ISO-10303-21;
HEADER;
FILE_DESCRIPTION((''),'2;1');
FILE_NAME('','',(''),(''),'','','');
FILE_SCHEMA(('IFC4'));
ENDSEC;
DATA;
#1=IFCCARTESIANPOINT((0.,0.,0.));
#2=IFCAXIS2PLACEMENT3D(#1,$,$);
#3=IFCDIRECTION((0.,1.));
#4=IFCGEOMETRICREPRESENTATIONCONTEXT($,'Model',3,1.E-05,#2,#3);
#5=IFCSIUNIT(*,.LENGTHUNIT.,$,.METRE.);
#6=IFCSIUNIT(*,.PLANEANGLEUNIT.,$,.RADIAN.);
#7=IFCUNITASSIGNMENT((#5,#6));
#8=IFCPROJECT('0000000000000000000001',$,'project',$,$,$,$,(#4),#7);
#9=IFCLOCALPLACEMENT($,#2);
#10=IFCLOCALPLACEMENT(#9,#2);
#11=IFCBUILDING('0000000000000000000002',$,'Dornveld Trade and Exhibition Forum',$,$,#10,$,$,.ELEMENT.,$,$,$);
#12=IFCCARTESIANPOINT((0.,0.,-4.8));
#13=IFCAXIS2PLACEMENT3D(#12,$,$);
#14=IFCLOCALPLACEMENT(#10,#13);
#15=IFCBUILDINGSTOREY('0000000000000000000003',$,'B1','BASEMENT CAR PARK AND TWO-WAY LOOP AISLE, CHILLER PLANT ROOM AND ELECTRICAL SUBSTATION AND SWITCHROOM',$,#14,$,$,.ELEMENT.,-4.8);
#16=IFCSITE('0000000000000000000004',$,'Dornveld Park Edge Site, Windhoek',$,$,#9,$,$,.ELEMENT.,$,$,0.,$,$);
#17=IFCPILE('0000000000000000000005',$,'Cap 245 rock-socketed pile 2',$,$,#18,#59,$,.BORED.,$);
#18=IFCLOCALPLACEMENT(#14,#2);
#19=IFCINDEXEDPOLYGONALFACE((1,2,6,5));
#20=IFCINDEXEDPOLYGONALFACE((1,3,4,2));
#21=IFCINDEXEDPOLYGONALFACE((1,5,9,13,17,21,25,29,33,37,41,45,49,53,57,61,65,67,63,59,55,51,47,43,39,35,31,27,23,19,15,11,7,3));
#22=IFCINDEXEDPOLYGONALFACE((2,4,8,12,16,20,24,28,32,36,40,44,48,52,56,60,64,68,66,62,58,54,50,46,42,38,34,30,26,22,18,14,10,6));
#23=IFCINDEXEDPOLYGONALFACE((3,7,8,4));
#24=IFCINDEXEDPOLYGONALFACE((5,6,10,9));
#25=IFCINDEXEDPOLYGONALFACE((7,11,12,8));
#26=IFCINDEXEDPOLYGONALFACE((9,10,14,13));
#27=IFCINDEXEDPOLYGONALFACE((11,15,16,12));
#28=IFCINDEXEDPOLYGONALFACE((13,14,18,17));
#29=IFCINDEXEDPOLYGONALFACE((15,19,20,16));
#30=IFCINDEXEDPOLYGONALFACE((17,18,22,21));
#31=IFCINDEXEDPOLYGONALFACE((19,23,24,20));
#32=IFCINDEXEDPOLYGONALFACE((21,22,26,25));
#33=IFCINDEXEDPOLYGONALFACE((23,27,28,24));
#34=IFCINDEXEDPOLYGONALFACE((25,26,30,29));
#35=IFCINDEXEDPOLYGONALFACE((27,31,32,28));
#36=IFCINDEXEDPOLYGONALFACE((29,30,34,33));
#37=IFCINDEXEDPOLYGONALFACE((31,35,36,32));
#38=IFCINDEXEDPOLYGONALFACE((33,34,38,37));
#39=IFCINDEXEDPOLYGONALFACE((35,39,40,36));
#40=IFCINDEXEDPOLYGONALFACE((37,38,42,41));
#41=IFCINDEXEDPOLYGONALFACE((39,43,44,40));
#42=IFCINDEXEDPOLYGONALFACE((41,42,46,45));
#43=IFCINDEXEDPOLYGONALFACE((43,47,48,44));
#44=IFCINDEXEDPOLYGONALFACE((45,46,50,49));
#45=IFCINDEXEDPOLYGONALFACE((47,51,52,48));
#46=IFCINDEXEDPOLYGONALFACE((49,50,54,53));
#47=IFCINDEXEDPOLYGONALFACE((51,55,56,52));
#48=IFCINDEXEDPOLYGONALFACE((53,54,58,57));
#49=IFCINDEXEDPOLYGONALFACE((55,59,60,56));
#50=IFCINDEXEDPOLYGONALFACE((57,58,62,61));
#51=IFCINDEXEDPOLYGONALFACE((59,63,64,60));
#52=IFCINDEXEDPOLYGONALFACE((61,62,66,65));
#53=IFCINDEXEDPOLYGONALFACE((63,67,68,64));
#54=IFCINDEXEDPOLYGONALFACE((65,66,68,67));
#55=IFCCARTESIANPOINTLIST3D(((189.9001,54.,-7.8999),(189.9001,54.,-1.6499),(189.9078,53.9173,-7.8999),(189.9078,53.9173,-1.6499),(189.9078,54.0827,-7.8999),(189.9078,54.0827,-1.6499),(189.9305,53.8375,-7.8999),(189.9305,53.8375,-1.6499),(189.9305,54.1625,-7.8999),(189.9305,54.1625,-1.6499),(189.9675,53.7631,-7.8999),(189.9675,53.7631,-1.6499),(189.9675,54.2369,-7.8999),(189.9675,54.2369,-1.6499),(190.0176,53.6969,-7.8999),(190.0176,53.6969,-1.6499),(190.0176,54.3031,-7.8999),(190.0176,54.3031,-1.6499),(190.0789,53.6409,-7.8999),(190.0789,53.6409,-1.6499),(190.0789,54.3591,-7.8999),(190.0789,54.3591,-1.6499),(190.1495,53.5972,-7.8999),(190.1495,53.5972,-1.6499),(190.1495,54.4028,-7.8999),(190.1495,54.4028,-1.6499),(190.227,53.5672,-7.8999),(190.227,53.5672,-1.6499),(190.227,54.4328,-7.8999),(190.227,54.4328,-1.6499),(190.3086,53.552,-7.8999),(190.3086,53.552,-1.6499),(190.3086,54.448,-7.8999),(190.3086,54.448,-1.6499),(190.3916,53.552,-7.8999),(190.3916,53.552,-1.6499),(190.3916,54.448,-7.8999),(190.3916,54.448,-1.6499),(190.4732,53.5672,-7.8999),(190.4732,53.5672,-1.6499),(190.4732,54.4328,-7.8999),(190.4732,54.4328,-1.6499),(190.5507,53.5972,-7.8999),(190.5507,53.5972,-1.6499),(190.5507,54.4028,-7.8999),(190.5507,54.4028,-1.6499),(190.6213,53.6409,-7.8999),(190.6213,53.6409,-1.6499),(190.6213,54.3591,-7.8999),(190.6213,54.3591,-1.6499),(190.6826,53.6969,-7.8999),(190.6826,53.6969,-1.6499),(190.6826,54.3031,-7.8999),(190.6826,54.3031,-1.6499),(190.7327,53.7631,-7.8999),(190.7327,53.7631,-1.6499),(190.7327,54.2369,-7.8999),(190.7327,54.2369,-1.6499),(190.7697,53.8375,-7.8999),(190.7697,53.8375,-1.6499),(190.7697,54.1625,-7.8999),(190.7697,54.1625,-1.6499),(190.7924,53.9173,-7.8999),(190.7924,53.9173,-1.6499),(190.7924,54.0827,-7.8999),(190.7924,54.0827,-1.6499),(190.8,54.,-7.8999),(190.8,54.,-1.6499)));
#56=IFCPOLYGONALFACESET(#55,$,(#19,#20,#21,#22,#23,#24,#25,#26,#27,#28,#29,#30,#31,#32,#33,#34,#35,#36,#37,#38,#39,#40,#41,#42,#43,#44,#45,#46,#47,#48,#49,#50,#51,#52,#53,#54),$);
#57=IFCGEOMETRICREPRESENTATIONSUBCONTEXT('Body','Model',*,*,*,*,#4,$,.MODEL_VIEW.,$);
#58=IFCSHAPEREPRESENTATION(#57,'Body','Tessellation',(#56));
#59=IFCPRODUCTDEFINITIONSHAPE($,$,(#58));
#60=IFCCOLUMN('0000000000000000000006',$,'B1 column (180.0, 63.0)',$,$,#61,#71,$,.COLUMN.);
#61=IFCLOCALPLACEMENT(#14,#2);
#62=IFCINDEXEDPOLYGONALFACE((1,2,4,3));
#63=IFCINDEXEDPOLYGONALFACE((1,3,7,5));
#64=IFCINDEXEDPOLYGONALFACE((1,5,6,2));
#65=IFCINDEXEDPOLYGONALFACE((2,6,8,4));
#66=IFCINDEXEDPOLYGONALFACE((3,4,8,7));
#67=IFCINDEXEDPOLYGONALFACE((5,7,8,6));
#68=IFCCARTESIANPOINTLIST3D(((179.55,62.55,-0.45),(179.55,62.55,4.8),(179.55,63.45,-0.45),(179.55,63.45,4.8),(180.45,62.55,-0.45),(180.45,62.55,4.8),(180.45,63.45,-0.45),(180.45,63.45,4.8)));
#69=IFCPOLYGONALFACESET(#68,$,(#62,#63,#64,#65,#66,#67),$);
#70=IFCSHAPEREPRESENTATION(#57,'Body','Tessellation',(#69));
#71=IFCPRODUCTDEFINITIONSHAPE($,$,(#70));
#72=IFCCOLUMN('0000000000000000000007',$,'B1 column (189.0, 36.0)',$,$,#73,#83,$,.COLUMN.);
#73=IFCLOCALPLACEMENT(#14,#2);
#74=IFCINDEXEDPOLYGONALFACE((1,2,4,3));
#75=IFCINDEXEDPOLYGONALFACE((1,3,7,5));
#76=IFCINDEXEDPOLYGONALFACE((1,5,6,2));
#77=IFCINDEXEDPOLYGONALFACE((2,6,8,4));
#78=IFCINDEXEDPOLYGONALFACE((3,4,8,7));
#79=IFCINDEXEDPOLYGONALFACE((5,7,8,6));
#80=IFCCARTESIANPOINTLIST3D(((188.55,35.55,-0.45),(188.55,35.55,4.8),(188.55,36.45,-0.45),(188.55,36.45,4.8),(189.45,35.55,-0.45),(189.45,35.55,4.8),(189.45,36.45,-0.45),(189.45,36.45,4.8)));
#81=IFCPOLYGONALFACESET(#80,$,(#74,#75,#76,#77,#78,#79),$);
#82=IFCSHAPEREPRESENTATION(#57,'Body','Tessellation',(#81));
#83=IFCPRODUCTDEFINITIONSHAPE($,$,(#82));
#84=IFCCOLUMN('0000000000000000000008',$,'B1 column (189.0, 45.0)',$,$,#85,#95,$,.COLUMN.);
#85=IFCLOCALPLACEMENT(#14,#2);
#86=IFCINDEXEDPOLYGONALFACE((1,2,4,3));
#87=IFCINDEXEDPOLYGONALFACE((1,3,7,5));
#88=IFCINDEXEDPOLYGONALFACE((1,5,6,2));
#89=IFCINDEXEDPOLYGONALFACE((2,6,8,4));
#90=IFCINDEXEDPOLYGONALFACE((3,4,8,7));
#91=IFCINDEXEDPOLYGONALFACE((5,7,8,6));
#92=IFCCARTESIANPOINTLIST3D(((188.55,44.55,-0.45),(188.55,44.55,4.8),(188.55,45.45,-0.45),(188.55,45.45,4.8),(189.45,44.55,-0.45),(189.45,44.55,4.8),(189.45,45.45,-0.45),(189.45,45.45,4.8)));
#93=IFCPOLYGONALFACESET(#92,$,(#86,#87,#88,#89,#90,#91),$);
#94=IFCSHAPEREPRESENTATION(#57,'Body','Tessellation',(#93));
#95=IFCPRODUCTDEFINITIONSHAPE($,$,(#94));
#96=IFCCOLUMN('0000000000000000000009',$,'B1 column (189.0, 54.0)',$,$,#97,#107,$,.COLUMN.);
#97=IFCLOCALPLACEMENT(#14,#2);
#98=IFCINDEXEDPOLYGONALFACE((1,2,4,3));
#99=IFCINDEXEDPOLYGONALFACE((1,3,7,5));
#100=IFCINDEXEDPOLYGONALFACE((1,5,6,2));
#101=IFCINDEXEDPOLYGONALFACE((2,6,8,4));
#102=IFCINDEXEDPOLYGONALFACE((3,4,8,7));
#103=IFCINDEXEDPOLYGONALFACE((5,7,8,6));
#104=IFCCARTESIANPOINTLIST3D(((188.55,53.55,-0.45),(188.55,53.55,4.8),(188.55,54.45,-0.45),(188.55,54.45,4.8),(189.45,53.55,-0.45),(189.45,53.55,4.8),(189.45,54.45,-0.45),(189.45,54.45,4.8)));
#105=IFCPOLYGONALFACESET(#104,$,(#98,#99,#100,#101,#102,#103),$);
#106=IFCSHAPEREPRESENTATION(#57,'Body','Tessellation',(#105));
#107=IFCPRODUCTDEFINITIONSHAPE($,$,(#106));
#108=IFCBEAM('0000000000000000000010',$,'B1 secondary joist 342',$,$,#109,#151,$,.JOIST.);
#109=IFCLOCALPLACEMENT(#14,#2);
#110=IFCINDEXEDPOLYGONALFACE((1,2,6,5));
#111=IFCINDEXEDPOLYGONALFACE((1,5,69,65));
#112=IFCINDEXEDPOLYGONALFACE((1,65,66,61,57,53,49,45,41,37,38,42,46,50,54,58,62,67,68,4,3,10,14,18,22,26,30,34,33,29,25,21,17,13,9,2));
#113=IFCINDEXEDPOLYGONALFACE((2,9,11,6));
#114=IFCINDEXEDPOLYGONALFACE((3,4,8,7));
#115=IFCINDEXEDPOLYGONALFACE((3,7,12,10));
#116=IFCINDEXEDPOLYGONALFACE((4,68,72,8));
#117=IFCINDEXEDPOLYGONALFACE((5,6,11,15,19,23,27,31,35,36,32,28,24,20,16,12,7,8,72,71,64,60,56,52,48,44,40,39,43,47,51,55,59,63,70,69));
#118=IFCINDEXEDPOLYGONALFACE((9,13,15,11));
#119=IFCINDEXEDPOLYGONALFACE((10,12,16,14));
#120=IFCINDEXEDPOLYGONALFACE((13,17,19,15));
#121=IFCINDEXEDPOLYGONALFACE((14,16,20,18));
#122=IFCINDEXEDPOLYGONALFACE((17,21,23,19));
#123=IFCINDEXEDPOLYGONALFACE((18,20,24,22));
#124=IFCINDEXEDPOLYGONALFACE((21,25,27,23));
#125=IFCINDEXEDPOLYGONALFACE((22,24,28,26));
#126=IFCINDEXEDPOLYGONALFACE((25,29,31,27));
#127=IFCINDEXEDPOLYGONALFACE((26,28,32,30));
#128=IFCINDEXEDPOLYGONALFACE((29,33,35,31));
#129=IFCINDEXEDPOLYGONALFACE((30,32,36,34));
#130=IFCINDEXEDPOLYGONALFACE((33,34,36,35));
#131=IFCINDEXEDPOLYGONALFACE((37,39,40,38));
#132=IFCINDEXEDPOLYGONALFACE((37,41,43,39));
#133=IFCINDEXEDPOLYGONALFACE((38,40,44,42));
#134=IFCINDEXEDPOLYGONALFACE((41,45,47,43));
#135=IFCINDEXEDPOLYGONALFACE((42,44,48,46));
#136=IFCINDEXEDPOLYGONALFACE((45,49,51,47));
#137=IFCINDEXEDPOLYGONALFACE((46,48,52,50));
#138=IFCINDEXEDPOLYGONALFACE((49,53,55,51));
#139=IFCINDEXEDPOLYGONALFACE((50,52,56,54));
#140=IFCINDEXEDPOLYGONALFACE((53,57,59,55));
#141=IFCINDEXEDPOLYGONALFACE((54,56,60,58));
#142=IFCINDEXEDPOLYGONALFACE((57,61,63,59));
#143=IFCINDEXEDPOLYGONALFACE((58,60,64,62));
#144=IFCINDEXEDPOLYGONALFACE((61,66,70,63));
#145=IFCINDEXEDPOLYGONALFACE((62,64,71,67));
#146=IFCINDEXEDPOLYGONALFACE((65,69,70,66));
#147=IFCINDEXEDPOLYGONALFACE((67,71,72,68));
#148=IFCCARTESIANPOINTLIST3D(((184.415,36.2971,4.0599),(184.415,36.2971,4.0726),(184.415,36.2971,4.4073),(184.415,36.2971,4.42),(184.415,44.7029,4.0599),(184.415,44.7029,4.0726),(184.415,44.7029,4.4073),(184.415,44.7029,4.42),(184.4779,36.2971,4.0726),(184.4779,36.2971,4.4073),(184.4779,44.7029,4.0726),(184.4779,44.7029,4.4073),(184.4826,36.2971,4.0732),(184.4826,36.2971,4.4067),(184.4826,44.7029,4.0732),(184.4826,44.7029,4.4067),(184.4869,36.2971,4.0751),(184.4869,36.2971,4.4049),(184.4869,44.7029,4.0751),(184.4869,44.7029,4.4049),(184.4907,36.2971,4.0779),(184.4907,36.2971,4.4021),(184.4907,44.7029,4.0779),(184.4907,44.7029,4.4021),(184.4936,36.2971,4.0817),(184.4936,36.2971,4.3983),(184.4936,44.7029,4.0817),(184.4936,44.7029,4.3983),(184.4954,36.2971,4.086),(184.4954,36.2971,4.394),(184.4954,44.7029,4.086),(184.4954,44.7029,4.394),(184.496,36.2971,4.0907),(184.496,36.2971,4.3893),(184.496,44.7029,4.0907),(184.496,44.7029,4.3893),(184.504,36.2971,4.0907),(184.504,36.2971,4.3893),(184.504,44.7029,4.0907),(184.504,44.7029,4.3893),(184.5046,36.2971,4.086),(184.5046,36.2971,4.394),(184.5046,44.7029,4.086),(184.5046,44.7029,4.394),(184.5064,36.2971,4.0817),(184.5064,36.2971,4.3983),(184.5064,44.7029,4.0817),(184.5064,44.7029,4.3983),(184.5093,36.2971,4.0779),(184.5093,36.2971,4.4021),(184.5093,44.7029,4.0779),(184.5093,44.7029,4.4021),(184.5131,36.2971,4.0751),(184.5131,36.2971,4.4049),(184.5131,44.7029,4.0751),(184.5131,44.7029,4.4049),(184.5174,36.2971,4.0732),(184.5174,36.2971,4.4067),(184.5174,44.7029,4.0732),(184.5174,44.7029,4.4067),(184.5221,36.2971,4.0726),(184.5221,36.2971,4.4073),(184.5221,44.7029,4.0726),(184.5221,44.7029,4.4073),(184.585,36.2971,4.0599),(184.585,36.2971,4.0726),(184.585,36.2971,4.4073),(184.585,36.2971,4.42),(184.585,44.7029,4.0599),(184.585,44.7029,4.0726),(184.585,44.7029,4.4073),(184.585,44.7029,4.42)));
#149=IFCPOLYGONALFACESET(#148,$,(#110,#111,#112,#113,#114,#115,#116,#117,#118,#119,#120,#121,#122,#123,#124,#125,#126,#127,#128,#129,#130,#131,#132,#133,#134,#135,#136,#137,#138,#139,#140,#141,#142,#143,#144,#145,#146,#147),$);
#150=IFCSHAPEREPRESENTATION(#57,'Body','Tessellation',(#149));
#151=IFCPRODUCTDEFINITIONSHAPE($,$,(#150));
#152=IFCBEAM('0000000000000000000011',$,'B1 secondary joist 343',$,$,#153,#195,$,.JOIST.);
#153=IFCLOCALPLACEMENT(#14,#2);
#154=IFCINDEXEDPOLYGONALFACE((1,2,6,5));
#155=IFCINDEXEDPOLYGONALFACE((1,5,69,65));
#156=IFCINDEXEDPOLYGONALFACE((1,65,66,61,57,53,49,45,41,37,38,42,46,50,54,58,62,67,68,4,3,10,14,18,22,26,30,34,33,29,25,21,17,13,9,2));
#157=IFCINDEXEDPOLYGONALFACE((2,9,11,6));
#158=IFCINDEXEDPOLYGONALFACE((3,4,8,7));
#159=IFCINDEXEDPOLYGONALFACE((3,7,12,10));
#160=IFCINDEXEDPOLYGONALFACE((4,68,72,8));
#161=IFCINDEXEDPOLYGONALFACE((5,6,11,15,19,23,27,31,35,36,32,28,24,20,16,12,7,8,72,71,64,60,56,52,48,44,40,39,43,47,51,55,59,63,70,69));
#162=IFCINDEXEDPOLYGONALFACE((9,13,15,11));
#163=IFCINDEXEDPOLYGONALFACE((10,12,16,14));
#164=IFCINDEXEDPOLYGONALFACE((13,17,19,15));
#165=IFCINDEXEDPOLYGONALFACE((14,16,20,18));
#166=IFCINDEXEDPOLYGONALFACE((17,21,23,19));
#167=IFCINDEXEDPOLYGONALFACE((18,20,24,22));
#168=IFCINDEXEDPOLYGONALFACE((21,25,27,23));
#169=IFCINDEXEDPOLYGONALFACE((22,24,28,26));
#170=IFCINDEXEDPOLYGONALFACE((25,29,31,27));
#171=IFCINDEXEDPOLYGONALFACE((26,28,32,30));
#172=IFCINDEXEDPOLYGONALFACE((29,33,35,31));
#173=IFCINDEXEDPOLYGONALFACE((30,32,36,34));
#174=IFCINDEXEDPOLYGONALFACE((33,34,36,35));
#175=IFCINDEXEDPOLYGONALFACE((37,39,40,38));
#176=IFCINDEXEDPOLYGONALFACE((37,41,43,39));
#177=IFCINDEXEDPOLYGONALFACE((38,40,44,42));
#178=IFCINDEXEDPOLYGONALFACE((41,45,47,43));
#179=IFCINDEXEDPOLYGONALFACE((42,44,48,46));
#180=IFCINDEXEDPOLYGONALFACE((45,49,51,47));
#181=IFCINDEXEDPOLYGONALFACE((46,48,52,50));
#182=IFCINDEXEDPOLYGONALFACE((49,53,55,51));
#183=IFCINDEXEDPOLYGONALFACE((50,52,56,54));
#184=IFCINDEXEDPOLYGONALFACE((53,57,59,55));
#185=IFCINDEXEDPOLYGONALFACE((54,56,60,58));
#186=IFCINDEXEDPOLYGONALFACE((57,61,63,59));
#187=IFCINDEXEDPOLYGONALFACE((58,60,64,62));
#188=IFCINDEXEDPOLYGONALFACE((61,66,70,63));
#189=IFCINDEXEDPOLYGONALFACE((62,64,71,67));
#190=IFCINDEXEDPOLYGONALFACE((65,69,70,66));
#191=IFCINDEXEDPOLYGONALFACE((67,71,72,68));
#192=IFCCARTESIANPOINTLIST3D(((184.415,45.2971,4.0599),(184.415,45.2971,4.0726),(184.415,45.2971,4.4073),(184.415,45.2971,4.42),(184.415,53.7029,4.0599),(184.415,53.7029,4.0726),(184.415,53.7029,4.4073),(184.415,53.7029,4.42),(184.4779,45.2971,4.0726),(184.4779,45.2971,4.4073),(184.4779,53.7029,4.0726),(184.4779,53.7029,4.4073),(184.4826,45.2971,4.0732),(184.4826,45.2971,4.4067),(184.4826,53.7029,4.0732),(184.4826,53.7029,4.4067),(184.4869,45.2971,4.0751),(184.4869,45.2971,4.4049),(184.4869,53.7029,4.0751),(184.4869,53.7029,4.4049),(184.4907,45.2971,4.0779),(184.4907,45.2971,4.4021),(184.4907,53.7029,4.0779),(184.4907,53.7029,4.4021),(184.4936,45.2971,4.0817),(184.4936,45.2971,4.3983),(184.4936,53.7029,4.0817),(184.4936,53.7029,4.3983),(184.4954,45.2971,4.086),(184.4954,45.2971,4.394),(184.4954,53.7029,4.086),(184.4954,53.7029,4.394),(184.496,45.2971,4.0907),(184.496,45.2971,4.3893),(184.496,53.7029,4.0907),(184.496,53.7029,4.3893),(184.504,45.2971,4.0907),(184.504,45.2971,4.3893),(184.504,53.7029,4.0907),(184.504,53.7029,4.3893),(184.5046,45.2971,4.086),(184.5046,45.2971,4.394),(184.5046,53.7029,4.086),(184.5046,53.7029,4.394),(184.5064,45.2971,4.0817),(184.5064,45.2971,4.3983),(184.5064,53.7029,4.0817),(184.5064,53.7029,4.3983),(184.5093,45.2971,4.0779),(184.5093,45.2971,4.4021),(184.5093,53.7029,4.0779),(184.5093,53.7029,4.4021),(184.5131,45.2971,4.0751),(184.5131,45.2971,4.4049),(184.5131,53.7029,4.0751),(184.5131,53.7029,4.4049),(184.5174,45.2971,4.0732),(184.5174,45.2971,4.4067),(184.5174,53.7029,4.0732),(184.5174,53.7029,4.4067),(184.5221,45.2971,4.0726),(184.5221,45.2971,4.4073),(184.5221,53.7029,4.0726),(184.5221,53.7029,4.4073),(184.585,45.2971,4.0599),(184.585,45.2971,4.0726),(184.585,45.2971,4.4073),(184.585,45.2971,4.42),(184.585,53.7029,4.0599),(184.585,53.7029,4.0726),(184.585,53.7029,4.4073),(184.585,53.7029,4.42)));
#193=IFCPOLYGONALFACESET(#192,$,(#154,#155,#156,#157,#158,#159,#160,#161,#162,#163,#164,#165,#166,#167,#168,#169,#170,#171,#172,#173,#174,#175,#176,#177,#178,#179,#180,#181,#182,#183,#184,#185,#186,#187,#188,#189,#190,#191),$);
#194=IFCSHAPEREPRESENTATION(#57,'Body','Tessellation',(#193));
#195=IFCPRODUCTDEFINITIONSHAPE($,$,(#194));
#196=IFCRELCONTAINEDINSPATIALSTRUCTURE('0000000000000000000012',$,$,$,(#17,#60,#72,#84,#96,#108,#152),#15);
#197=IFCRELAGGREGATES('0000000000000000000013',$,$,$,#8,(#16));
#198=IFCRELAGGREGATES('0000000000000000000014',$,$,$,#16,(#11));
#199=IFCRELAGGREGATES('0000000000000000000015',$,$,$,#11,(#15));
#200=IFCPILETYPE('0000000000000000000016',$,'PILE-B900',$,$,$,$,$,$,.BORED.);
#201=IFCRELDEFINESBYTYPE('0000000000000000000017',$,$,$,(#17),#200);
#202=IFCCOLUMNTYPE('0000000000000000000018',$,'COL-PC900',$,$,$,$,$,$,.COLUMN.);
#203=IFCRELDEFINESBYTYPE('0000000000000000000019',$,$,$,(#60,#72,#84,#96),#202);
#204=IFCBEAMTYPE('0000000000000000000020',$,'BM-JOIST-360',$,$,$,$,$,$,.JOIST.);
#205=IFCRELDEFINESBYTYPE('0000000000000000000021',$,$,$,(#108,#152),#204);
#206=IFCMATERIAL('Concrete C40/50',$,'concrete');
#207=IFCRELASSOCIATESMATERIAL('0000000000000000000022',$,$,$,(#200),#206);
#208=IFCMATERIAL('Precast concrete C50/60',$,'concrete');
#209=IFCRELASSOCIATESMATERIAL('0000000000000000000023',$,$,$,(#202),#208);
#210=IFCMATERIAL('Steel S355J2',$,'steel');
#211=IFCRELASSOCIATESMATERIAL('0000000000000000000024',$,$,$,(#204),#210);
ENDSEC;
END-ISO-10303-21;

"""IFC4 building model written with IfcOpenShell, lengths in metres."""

from ifc_helpers import new_model, si_unit, direction, frame, origin, origin_2d, place, context, subcontext, project, spatial, rectangle, circle, i_section, extrude, material, material_profile, profile_set, type_object, element, save


model = new_model("IFC4")

# Units and contexts
model_context = context("Model", 3, precision=1e-05, world=origin(), true_north=direction((0.0, 1.0)))
body_context = subcontext(model_context, "Body", "Model", "MODEL_VIEW")
ifc_project = project(units=[si_unit("LENGTHUNIT", "METRE"), si_unit("PLANEANGLEUNIT", "RADIAN")], contexts=[model_context])

# Site, building, storey
site_placement = place(None, origin())
site = spatial("IfcSite", under=ifc_project, at=site_placement, Name="Dornveld Park Edge Site, Windhoek", CompositionType="ELEMENT", RefElevation=0.0)
building_placement = place(site_placement, origin())
building = spatial("IfcBuilding", under=site, at=building_placement, Name="Dornveld Trade and Exhibition Forum", CompositionType="ELEMENT")
storey_placement = place(building_placement, frame((0.0, 0.0, -4.8)))
storey = spatial("IfcBuildingStorey", under=building, at=storey_placement, Name="B1", Description="BASEMENT CAR PARK AND TWO-WAY LOOP AISLE, CHILLER PLANT ROOM AND ELECTRICAL SUBSTATION AND SWITCHROOM", CompositionType="ELEMENT", Elevation=-4.8)

# Pile
ifc_material_1 = material(Name="Concrete C40/50", Category="concrete")
ifc_material_profile_1 = material_profile(ifc_material_1, circle(Radius=0.45, at=origin_2d()), Name="PILE D900")
ifc_profile_set_1 = profile_set([ifc_material_profile_1], Name="Concrete C40/50")
pile_type = type_object("IfcPileType", Name="PILE-B900", PredefinedType="BORED", material=ifc_profile_set_1)
for number, where, z_axis, x_axis, name in (
    (1, (190.3501, 54.0, -1.6499), (0.0, 0.0, -1.0), (1.0, 0.0, 0.0), "Cap 245 rock-socketed pile 2"),
):
    element("IfcPile", number, at=place(storey_placement, frame(where, z_axis=z_axis, x_axis=x_axis)), inside=storey, type_object=pile_type, Name=name, PredefinedType="BORED", context=body_context, shape_type="SweptSolid", body=[
        extrude(circle(Radius=0.45, at=origin_2d()), origin(), (0.0, 0.0, 1.0), 6.25),
    ])

# Columns
ifc_material_2 = material(Name="Precast concrete C50/60", Category="concrete")
ifc_material_profile_2 = material_profile(ifc_material_2, rectangle(XDim=0.8999, YDim=0.8999, at=origin_2d()), Name="PC-COL 900x900")
ifc_profile_set_2 = profile_set([ifc_material_profile_2], Name="Precast concrete C50/60")
column_type = type_object("IfcColumnType", Name="COL-PC900", PredefinedType="COLUMN", material=ifc_profile_set_2)
for number, where, z_axis, x_axis, name in (
    (2, (180.0, 63.0, -0.45), (0.0, 0.0, 1.0), (1.0, 0.0, 0.0), "B1 column (180.0, 63.0)"),
    (3, (189.0, 36.0, -0.45), (0.0, 0.0, 1.0), (1.0, 0.0, 0.0), "B1 column (189.0, 36.0)"),
    (4, (189.0, 45.0, -0.45), (0.0, 0.0, 1.0), (1.0, 0.0, 0.0), "B1 column (189.0, 45.0)"),
    (5, (189.0, 54.0, -0.45), (0.0, 0.0, 1.0), (1.0, 0.0, 0.0), "B1 column (189.0, 54.0)"),
):
    element("IfcColumn", number, at=place(storey_placement, frame(where, z_axis=z_axis, x_axis=x_axis)), inside=storey, type_object=column_type, Name=name, PredefinedType="COLUMN", context=body_context, shape_type="SweptSolid", body=[
        extrude(rectangle(XDim=0.8999, YDim=0.8999, at=origin_2d()), origin(), (0.0, 0.0, 1.0), 5.25),
    ])

# Beams
ifc_material_3 = material(Name="Steel S355J2", Category="steel")
ifc_material_profile_3 = material_profile(ifc_material_3, i_section(OverallWidth=0.1699, OverallDepth=0.3601, WebThickness=0.0081, FlangeThickness=0.0127, FilletRadius=0.0181, at=origin_2d()), Name="IPE 360")
ifc_profile_set_3 = profile_set([ifc_material_profile_3], Name="Steel S355J2")
beam_type_1 = type_object("IfcBeamType", Name="BM-JOIST-360", PredefinedType="JOIST", material=ifc_profile_set_3)
for number, where, z_axis, x_axis, name in (
    (6, (184.5, 36.2971, 4.24), (0.0, 1.0, 0.0), (-1.0, 0.0, 0.0), "B1 secondary joist 342"),
    (7, (184.5, 45.2971, 4.24), (0.0, 1.0, 0.0), (-1.0, 0.0, 0.0), "B1 secondary joist 343"),
):
    element("IfcBeam", number, at=place(storey_placement, frame(where, z_axis=z_axis, x_axis=x_axis)), inside=storey, type_object=beam_type_1, Name=name, PredefinedType="JOIST", context=body_context, shape_type="SweptSolid", body=[
        extrude(i_section(OverallWidth=0.1699, OverallDepth=0.3601, WebThickness=0.0081, FlangeThickness=0.0127, FilletRadius=0.0181, at=origin_2d()), origin(), (0.0, 0.0, 1.0), 8.4058),
    ])

save(model, "model.ifc")
